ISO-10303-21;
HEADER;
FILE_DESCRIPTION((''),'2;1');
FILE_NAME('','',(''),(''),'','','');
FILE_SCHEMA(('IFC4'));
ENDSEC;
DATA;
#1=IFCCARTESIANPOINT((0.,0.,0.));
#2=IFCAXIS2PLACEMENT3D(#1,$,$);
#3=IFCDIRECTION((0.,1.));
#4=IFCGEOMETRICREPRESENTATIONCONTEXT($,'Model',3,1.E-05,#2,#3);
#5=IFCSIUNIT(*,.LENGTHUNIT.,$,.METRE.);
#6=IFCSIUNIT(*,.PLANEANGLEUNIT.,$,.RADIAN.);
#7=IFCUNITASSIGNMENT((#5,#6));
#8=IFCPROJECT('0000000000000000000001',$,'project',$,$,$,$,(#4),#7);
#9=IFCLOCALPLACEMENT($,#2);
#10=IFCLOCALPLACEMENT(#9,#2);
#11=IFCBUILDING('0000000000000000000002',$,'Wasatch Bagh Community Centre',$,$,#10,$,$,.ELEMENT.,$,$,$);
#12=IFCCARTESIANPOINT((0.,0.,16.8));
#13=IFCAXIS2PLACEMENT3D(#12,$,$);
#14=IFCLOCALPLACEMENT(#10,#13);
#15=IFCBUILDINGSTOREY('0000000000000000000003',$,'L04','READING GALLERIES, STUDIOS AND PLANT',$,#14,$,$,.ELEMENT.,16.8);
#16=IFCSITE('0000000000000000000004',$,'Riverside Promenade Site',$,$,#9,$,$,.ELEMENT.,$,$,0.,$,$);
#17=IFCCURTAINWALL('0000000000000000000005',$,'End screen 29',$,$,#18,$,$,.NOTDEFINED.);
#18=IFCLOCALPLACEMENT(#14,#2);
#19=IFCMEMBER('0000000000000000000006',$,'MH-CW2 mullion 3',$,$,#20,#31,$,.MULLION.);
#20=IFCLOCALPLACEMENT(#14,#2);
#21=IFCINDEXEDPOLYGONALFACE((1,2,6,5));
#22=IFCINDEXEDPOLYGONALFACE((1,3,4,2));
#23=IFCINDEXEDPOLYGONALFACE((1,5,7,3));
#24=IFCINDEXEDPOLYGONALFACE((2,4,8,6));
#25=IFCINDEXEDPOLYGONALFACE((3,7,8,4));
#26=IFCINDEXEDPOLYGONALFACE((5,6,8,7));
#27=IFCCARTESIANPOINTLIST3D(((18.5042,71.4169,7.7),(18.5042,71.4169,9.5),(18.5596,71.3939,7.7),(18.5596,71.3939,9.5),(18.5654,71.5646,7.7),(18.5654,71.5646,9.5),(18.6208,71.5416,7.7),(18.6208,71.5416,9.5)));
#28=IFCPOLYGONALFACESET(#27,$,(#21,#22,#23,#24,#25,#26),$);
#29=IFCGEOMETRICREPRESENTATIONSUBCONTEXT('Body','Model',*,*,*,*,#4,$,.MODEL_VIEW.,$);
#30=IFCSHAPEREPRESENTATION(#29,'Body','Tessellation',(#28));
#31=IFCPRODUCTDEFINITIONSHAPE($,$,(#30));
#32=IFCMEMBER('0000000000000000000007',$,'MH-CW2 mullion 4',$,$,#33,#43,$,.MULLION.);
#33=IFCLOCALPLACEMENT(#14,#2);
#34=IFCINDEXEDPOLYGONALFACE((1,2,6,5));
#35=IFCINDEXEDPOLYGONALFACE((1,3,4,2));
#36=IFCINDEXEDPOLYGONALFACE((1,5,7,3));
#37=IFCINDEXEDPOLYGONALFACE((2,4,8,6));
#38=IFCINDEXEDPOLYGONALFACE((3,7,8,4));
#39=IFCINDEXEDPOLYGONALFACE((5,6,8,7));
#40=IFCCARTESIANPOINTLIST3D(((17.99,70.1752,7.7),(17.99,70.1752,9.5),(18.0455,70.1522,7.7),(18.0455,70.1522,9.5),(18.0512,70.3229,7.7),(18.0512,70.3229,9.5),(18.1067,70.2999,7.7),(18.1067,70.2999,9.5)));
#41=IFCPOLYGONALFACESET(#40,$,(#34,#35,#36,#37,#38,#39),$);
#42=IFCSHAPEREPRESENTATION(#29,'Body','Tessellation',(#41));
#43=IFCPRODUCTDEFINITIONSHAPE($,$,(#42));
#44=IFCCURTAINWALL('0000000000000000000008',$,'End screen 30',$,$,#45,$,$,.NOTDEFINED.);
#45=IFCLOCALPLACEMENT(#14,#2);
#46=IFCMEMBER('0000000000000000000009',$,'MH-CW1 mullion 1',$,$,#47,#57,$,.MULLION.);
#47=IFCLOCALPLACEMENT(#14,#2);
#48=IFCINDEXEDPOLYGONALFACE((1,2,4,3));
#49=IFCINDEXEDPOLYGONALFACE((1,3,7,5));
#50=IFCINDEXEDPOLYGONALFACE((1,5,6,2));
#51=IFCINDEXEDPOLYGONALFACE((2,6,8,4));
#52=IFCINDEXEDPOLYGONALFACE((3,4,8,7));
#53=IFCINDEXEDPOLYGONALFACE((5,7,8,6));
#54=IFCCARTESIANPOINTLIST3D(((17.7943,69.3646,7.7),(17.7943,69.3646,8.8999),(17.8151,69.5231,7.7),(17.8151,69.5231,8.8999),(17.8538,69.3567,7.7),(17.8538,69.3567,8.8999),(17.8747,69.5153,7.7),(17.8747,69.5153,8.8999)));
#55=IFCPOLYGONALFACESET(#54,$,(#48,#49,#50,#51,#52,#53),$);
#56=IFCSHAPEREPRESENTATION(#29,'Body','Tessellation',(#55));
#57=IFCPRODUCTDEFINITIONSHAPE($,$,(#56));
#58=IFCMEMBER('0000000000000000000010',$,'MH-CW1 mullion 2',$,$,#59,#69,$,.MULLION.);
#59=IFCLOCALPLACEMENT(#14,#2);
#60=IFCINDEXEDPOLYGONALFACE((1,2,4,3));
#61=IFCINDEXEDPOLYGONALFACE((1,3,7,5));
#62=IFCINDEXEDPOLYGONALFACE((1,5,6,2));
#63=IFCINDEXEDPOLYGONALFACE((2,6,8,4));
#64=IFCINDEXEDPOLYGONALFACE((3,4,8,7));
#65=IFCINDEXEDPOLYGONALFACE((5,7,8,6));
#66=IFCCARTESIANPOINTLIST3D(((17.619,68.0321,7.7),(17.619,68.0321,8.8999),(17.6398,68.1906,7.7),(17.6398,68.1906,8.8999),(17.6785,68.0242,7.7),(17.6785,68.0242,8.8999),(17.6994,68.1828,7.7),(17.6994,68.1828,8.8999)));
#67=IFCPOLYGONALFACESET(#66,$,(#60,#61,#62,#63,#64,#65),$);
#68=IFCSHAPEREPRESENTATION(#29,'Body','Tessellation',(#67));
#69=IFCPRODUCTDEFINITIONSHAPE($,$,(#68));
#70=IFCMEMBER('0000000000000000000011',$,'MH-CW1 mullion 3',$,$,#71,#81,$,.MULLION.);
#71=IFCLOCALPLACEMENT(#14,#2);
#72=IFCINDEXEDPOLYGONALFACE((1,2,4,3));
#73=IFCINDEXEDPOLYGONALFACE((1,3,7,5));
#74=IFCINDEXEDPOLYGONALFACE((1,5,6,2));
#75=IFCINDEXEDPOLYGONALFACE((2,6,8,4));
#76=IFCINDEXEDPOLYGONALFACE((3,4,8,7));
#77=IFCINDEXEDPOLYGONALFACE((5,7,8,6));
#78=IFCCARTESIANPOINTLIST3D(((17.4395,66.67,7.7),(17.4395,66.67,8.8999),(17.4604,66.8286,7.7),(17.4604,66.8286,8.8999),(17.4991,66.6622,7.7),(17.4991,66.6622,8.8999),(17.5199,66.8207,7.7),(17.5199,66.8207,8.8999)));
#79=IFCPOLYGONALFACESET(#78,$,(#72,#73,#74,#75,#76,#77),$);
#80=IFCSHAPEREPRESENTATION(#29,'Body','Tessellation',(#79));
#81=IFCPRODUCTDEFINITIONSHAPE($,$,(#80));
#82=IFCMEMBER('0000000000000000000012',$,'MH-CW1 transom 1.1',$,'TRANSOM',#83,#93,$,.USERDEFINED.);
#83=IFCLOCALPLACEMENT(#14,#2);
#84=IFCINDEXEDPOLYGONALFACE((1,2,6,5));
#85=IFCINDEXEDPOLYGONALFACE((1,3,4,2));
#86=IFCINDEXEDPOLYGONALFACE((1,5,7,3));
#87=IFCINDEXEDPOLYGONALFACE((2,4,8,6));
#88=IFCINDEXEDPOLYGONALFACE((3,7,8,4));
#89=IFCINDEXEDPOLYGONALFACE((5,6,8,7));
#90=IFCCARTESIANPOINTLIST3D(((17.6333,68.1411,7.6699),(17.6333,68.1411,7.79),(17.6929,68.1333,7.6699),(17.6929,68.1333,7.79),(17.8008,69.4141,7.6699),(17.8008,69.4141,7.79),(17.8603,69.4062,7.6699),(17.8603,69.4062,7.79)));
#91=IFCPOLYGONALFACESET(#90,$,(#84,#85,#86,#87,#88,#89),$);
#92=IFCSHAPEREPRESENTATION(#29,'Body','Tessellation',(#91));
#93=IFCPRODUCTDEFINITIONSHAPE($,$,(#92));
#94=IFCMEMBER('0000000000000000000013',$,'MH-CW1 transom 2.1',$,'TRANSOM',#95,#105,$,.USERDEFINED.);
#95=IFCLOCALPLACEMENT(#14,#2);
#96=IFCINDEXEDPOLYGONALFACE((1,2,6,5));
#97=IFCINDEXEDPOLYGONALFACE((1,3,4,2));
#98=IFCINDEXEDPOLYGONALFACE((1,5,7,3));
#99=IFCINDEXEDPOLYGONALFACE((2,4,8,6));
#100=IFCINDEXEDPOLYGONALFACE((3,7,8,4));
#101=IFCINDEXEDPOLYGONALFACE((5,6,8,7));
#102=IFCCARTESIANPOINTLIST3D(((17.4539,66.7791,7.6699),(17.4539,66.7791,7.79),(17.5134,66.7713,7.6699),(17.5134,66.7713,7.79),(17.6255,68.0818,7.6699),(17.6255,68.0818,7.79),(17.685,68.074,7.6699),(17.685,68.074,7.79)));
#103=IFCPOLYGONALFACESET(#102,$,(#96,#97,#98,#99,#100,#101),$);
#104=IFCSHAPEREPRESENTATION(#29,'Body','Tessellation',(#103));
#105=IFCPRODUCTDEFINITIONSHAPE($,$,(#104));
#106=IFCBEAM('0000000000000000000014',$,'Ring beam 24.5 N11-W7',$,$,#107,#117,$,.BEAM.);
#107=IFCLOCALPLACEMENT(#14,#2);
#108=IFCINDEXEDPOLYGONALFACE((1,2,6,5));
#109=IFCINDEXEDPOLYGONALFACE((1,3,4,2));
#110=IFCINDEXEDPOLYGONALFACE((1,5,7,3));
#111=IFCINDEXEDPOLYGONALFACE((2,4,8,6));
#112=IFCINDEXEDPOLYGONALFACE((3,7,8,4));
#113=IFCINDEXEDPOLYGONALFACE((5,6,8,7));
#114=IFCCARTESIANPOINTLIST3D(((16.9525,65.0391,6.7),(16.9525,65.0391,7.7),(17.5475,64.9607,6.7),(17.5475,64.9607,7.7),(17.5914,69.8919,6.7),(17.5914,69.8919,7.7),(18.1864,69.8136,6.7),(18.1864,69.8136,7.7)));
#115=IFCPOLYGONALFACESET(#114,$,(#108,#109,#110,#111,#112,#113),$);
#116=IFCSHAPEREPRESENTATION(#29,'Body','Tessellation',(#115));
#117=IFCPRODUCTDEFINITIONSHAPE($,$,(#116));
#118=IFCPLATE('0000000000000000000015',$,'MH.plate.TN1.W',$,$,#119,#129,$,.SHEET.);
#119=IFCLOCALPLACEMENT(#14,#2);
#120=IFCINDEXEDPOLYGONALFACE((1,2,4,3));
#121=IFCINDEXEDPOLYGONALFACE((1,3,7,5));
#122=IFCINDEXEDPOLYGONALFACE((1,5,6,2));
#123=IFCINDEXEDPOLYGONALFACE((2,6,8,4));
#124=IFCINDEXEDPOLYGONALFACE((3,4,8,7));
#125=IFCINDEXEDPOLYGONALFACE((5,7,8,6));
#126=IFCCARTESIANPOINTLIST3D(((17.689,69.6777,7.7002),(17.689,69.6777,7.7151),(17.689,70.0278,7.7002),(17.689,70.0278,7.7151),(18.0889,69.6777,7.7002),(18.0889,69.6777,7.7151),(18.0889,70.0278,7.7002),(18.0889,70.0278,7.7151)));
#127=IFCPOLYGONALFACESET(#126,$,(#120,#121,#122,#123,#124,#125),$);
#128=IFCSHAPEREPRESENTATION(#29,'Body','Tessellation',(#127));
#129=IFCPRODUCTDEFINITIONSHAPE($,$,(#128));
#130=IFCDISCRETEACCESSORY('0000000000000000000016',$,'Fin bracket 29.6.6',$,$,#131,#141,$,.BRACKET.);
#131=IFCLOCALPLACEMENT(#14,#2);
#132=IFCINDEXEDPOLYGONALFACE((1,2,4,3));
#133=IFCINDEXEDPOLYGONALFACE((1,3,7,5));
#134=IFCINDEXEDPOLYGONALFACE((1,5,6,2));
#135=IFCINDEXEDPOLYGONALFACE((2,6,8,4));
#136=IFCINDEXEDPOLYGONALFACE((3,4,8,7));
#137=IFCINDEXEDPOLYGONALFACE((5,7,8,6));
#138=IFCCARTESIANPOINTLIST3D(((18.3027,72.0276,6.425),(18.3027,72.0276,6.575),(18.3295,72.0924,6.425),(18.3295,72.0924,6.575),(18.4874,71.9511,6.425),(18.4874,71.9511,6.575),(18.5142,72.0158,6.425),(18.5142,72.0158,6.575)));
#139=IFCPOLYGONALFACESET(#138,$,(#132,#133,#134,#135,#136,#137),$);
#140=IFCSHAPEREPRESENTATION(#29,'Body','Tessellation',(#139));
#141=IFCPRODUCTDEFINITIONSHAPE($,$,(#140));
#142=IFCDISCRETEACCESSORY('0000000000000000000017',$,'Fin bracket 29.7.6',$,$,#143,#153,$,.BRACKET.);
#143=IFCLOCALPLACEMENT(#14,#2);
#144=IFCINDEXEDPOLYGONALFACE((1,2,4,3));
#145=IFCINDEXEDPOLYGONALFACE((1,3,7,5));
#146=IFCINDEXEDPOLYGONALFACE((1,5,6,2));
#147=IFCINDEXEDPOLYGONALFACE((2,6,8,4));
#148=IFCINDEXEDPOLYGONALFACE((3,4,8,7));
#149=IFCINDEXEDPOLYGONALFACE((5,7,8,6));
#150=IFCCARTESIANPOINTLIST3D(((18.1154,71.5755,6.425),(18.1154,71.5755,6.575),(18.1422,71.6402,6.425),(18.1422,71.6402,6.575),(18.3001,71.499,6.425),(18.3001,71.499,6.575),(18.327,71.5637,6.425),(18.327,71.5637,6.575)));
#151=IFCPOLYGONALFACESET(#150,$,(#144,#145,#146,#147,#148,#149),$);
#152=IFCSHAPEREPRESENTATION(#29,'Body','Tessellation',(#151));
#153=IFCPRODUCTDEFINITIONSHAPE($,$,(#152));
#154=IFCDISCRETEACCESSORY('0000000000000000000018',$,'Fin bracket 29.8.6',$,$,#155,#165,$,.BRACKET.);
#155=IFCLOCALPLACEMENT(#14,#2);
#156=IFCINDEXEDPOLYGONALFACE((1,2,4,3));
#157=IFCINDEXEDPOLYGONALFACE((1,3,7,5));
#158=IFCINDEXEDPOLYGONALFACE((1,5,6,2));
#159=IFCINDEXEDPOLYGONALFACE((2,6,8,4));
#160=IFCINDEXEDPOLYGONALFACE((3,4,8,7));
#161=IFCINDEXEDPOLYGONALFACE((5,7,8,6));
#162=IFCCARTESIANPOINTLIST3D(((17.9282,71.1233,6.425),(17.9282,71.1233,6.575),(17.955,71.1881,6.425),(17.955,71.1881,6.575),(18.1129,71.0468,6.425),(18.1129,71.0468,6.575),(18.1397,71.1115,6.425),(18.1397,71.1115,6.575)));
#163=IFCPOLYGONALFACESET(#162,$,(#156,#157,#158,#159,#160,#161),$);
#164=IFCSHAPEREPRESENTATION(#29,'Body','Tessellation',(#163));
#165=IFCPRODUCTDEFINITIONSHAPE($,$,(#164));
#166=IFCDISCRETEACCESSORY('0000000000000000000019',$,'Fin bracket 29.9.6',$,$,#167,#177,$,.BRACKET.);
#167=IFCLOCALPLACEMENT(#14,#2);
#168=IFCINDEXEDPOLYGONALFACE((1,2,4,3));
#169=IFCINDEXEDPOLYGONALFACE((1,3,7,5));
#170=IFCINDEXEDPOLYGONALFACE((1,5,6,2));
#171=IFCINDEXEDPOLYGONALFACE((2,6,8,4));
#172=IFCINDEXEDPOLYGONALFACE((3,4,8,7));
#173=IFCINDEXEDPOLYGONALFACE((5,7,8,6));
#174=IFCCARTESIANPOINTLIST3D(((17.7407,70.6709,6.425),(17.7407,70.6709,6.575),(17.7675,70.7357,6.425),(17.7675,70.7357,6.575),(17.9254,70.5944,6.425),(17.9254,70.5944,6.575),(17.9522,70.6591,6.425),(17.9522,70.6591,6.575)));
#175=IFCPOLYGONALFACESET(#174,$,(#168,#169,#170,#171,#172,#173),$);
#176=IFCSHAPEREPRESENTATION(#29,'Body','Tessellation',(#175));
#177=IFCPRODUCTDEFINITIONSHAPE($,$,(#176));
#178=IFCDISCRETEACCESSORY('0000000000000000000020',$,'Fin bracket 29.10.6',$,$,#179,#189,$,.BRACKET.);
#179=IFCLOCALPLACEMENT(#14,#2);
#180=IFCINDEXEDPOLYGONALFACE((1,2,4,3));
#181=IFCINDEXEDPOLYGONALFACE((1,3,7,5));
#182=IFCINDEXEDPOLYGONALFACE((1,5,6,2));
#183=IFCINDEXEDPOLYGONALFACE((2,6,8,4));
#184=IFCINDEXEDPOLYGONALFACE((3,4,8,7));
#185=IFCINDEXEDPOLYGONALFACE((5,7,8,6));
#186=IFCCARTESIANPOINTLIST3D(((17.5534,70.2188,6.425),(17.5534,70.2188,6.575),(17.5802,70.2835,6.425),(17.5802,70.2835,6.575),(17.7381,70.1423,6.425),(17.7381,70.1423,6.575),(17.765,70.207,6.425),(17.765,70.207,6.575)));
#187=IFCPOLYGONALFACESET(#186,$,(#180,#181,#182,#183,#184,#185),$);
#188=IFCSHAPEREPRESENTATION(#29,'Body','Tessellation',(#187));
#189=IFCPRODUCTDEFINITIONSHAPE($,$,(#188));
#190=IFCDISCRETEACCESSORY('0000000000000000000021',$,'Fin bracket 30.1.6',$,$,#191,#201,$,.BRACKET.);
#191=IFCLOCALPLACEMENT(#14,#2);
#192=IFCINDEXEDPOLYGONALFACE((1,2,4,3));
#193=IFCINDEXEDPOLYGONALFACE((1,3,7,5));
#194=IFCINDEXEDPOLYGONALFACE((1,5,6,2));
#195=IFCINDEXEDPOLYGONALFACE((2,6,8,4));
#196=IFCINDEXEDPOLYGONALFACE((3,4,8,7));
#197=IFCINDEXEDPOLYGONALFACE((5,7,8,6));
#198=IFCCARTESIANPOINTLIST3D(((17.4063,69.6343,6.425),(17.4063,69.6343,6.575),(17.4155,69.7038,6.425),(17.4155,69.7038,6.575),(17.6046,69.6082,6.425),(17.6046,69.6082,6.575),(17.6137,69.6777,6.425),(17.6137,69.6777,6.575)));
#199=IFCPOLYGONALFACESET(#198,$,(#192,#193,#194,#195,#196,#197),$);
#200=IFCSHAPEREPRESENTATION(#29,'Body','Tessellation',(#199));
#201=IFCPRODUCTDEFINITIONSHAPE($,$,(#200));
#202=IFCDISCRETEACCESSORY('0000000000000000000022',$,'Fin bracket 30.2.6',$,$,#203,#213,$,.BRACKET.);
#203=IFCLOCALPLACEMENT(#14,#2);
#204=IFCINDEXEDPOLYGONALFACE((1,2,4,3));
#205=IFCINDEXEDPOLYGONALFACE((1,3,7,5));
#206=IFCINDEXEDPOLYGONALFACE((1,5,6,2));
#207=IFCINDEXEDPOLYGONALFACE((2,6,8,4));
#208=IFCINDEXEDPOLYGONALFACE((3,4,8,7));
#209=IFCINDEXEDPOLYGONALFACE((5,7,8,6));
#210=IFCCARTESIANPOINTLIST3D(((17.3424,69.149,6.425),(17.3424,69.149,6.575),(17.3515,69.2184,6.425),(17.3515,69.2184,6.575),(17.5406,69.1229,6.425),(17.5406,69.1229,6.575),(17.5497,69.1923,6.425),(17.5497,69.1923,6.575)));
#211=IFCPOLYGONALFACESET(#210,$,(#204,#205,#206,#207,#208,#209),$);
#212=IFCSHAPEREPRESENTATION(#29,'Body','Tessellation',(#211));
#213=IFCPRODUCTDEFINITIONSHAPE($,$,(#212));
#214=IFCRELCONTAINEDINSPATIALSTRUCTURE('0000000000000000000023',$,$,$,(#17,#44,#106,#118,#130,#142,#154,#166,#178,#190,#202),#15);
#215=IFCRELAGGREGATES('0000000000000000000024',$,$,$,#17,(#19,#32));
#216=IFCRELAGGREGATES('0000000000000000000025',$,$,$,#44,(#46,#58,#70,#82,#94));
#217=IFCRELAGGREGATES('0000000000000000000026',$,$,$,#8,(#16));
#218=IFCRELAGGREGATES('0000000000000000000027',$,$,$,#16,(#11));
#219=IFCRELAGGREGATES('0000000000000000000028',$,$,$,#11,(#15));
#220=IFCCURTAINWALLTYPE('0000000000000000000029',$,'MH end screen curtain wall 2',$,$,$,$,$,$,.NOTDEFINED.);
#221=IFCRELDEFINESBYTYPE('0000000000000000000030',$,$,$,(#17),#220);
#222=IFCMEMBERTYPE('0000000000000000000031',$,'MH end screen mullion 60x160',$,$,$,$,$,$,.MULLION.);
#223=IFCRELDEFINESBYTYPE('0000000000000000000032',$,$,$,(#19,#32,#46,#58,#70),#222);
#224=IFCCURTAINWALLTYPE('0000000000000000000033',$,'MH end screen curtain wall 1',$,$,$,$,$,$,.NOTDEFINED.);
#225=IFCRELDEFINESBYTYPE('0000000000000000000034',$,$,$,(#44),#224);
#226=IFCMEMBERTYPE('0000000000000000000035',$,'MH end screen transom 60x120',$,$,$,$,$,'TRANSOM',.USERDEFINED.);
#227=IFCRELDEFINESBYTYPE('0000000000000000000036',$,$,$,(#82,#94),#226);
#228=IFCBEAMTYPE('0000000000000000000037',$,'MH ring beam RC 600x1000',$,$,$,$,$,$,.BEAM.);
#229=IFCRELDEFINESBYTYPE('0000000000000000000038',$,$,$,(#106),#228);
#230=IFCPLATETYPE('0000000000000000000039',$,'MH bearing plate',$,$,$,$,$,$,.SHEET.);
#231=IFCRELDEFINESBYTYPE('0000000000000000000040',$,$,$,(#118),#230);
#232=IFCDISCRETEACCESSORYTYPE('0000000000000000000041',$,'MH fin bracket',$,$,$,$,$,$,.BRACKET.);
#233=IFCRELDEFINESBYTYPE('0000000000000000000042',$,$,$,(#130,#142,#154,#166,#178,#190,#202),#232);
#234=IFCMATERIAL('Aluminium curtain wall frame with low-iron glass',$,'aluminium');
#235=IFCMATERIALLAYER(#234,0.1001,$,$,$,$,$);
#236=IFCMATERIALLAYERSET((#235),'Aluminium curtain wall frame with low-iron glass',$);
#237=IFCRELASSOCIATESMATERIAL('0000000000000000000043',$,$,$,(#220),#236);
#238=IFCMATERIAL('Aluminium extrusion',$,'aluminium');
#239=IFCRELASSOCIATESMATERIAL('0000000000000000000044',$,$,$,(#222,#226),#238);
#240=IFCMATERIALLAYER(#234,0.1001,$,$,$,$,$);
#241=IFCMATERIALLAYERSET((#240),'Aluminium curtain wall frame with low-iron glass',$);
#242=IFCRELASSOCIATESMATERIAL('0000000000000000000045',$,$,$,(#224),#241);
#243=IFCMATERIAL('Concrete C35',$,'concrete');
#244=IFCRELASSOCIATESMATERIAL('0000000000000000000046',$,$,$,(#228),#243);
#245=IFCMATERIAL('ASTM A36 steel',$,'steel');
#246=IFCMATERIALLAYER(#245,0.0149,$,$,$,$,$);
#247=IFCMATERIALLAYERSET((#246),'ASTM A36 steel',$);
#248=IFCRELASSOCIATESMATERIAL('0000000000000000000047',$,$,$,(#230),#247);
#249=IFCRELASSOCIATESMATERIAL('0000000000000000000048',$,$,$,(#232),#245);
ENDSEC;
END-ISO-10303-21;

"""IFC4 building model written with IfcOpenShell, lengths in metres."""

from ifc_helpers import new_model, si_unit, direction, frame, origin, origin_2d, place, context, subcontext, project, spatial, rectangle, extrude, material, layer, layer_set, material_profile, profile_set, type_object, element, aggregate, save


model = new_model("IFC4")

# Units and contexts
model_context = context("Model", 3, precision=1e-05, world=origin(), true_north=direction((0.0, 1.0)))
body_context = subcontext(model_context, "Body", "Model", "MODEL_VIEW")
ifc_project = project(units=[si_unit("LENGTHUNIT", "METRE"), si_unit("PLANEANGLEUNIT", "RADIAN")], contexts=[model_context])

# Site, building, storey
site_placement = place(None, origin())
site = spatial("IfcSite", under=ifc_project, at=site_placement, Name="Riverside Promenade Site", CompositionType="ELEMENT", RefElevation=0.0)
building_placement = place(site_placement, origin())
building = spatial("IfcBuilding", under=site, at=building_placement, Name="Wasatch Bagh Community Centre", CompositionType="ELEMENT")
storey_placement = place(building_placement, frame((0.0, 0.0, 16.8)))
storey = spatial("IfcBuildingStorey", under=building, at=storey_placement, Name="L04", Description="READING GALLERIES, STUDIOS AND PLANT", CompositionType="ELEMENT", Elevation=16.8)

# Curtain walls, members
ifc_material_1 = material(Name="Aluminium curtain wall frame with low-iron glass", Category="aluminium")
ifc_layer_1 = layer(ifc_material_1, 0.1001)
ifc_layer_set_1 = layer_set([ifc_layer_1], Name="Aluminium curtain wall frame with low-iron glass")
curtain_wall_type_1 = type_object("IfcCurtainWallType", Name="MH end screen curtain wall 2", PredefinedType="NOTDEFINED", material=ifc_layer_set_1)
curtain_wall_1_placement = place(storey_placement, origin())
curtain_wall_1 = element("IfcCurtainWall", 1, at=curtain_wall_1_placement, inside=storey, type_object=curtain_wall_type_1, Name="End screen 29", PredefinedType="NOTDEFINED")
ifc_material_2 = material(Name="Aluminium extrusion", Category="aluminium")
ifc_material_profile_1 = material_profile(ifc_material_2, rectangle(XDim=0.0601, YDim=0.1599, at=origin_2d()), Name="AL 60x160")
ifc_profile_set_1 = profile_set([ifc_material_profile_1], Name="Aluminium extrusion")
member_type_1 = type_object("IfcMemberType", Name="MH end screen mullion 60x160", PredefinedType="MULLION", material=ifc_profile_set_1)
member_1_placement = place(storey_placement, frame((18.5625, 71.4792, 7.7), z_axis=(0.0, 0.0, 1.0), x_axis=(0.92388, -0.382683, 0.0)))
member_1 = element("IfcMember", 2, at=member_1_placement, type_object=member_type_1, Name="MH-CW2 mullion 3", PredefinedType="MULLION", context=body_context, shape_type="SweptSolid", body=[
    extrude(rectangle(XDim=0.0601, YDim=0.1599, at=origin_2d()), origin(), (0.0, 0.0, 1.0), 1.8),
])
member_2_placement = place(storey_placement, frame((18.0483, 70.2375, 7.7), z_axis=(0.0, 0.0, 1.0), x_axis=(0.92388, -0.382683, 0.0)))
member_2 = element("IfcMember", 3, at=member_2_placement, type_object=member_type_1, Name="MH-CW2 mullion 4", PredefinedType="MULLION", context=body_context, shape_type="SweptSolid", body=[
    extrude(rectangle(XDim=0.0601, YDim=0.1599, at=origin_2d()), origin(), (0.0, 0.0, 1.0), 1.8),
])
aggregate(curtain_wall_1, [member_1, member_2])
ifc_layer_2 = layer(ifc_material_1, 0.1001)
ifc_layer_set_2 = layer_set([ifc_layer_2], Name="Aluminium curtain wall frame with low-iron glass")
curtain_wall_type_2 = type_object("IfcCurtainWallType", Name="MH end screen curtain wall 1", PredefinedType="NOTDEFINED", material=ifc_layer_set_2)
curtain_wall_2_placement = place(storey_placement, origin())
curtain_wall_2 = element("IfcCurtainWall", 4, at=curtain_wall_2_placement, inside=storey, type_object=curtain_wall_type_2, Name="End screen 30", PredefinedType="NOTDEFINED")
member_3_placement = place(storey_placement, frame((17.8345, 69.4399, 7.7), z_axis=(0.0, 0.0, 1.0), x_axis=(0.991445, -0.130526, 0.0)))
member_3 = element("IfcMember", 5, at=member_3_placement, type_object=member_type_1, Name="MH-CW1 mullion 1", PredefinedType="MULLION", context=body_context, shape_type="SweptSolid", body=[
    extrude(rectangle(XDim=0.0601, YDim=0.1599, at=origin_2d()), origin(), (0.0, 0.0, 1.0), 1.2),
])
member_4_placement = place(storey_placement, frame((17.6592, 68.1074, 7.7), z_axis=(0.0, 0.0, 1.0), x_axis=(0.991445, -0.130526, 0.0)))
member_4 = element("IfcMember", 6, at=member_4_placement, type_object=member_type_1, Name="MH-CW1 mullion 2", PredefinedType="MULLION", context=body_context, shape_type="SweptSolid", body=[
    extrude(rectangle(XDim=0.0601, YDim=0.1599, at=origin_2d()), origin(), (0.0, 0.0, 1.0), 1.2),
])
member_5_placement = place(storey_placement, frame((17.4797, 66.7454, 7.7), z_axis=(0.0, 0.0, 1.0), x_axis=(0.991445, -0.130526, 0.0)))
member_5 = element("IfcMember", 7, at=member_5_placement, type_object=member_type_1, Name="MH-CW1 mullion 3", PredefinedType="MULLION", context=body_context, shape_type="SweptSolid", body=[
    extrude(rectangle(XDim=0.0601, YDim=0.1599, at=origin_2d()), origin(), (0.0, 0.0, 1.0), 1.2),
])
ifc_material_profile_2 = material_profile(ifc_material_2, rectangle(XDim=0.0601, YDim=0.1201, at=origin_2d()), Name="AL 60x120")
ifc_profile_set_2 = profile_set([ifc_material_profile_2], Name="Aluminium extrusion")
member_type_2 = type_object("IfcMemberType", Name="MH end screen transom 60x120", ElementType="TRANSOM", PredefinedType="USERDEFINED", material=ifc_profile_set_2)
member_6_placement = place(storey_placement, frame((17.8306, 69.4102, 7.73), z_axis=(-0.130445, -0.991456, 0.0), x_axis=(0.991456, -0.130445, 0.0)))
member_6 = element("IfcMember", 8, at=member_6_placement, type_object=member_type_2, Name="MH-CW1 transom 1.1", ObjectType="TRANSOM", PredefinedType="USERDEFINED", context=body_context, shape_type="SweptSolid", body=[
    extrude(rectangle(XDim=0.0601, YDim=0.1201, at=origin_2d()), origin(), (0.0, 0.0, 1.0), 1.2839),
])
member_7_placement = place(storey_placement, frame((17.6553, 68.0779, 7.73), z_axis=(-0.130618, -0.991433, 0.0), x_axis=(0.991433, -0.130618, 0.0)))
member_7 = element("IfcMember", 9, at=member_7_placement, type_object=member_type_2, Name="MH-CW1 transom 2.1", ObjectType="TRANSOM", PredefinedType="USERDEFINED", context=body_context, shape_type="SweptSolid", body=[
    extrude(rectangle(XDim=0.0601, YDim=0.1201, at=origin_2d()), origin(), (0.0, 0.0, 1.0), 1.314),
])
aggregate(curtain_wall_2, [member_3, member_4, member_5, member_6, member_7])

# Beam
ifc_material_3 = material(Name="Concrete C35", Category="concrete")
ifc_material_profile_3 = material_profile(ifc_material_3, rectangle(XDim=0.6001, YDim=1.0, at=origin_2d()), Name="RC 600x1000")
ifc_profile_set_3 = profile_set([ifc_material_profile_3], Name="Concrete C35")
beam_type = type_object("IfcBeamType", Name="MH ring beam RC 600x1000", PredefinedType="BEAM", material=ifc_profile_set_3)
beam_placement = place(storey_placement, frame((17.8889, 69.8528, 7.2), z_axis=(-0.130533, -0.991444, 0.0), x_axis=(0.991444, -0.130533, 0.0)))
element("IfcBeam", 10, at=beam_placement, inside=storey, type_object=beam_type, Name="Ring beam 24.5 N11-W7", PredefinedType="BEAM", context=body_context, shape_type="SweptSolid", body=[
    extrude(rectangle(XDim=0.6001, YDim=1.0, at=origin_2d()), origin(), (0.0, 0.0, 1.0), 4.8948),
])

# Plate
ifc_material_4 = material(Name="ASTM A36 steel", Category="steel")
ifc_layer_3 = layer(ifc_material_4, 0.0149)
ifc_layer_set_3 = layer_set([ifc_layer_3], Name="ASTM A36 steel")
plate_type = type_object("IfcPlateType", Name="MH bearing plate", PredefinedType="SHEET", material=ifc_layer_set_3)
plate_placement = place(storey_placement, frame((17.8889, 69.8528, 7.7002), z_axis=(0.0, 0.0, 1.0), x_axis=(1.0, 0.0, 0.0)))
element("IfcPlate", 11, at=plate_placement, inside=storey, type_object=plate_type, Name="MH.plate.TN1.W", PredefinedType="SHEET", context=body_context, shape_type="SweptSolid", body=[
    extrude(rectangle(XDim=0.3999, YDim=0.3501, at=origin_2d()), origin(), (0.0, 0.0, 1.0), 0.0149),
])

# Discrete accessories
discrete_accessory_type_1 = type_object("IfcDiscreteAccessoryType", Name="MH fin bracket", PredefinedType="BRACKET", material=ifc_material_4)
for number, where, z_axis, x_axis, name in (
    (12, (18.4084, 72.0217, 6.425), (0.0, 0.0, 1.0), (-0.382683, -0.92388, 0.0), "Fin bracket 29.6.6"),
    (13, (18.2212, 71.5696, 6.425), (0.0, 0.0, 1.0), (-0.382683, -0.92388, 0.0), "Fin bracket 29.7.6"),
    (14, (18.0339, 71.1174, 6.425), (0.0, 0.0, 1.0), (-0.382683, -0.92388, 0.0), "Fin bracket 29.8.6"),
    (15, (17.8464, 70.665, 6.425), (0.0, 0.0, 1.0), (-0.382683, -0.92388, 0.0), "Fin bracket 29.9.6"),
    (16, (17.6592, 70.2129, 6.425), (0.0, 0.0, 1.0), (-0.382683, -0.92388, 0.0), "Fin bracket 29.10.6"),
    (17, (17.51, 69.656, 6.425), (0.0, 0.0, 1.0), (-0.130526, -0.991445, 0.0), "Fin bracket 30.1.6"),
    (18, (17.446, 69.1707, 6.425), (0.0, 0.0, 1.0), (-0.130526, -0.991445, 0.0), "Fin bracket 30.2.6"),
):
    element("IfcDiscreteAccessory", number, at=place(storey_placement, frame(where, z_axis=z_axis, x_axis=x_axis)), inside=storey, type_object=discrete_accessory_type_1, Name=name, PredefinedType="BRACKET", context=body_context, shape_type="SweptSolid", body=[
        extrude(rectangle(XDim=0.0701, YDim=0.2, at=origin_2d()), origin(), (0.0, 0.0, 1.0), 0.1499),
    ])

save(model, "model.ifc")
